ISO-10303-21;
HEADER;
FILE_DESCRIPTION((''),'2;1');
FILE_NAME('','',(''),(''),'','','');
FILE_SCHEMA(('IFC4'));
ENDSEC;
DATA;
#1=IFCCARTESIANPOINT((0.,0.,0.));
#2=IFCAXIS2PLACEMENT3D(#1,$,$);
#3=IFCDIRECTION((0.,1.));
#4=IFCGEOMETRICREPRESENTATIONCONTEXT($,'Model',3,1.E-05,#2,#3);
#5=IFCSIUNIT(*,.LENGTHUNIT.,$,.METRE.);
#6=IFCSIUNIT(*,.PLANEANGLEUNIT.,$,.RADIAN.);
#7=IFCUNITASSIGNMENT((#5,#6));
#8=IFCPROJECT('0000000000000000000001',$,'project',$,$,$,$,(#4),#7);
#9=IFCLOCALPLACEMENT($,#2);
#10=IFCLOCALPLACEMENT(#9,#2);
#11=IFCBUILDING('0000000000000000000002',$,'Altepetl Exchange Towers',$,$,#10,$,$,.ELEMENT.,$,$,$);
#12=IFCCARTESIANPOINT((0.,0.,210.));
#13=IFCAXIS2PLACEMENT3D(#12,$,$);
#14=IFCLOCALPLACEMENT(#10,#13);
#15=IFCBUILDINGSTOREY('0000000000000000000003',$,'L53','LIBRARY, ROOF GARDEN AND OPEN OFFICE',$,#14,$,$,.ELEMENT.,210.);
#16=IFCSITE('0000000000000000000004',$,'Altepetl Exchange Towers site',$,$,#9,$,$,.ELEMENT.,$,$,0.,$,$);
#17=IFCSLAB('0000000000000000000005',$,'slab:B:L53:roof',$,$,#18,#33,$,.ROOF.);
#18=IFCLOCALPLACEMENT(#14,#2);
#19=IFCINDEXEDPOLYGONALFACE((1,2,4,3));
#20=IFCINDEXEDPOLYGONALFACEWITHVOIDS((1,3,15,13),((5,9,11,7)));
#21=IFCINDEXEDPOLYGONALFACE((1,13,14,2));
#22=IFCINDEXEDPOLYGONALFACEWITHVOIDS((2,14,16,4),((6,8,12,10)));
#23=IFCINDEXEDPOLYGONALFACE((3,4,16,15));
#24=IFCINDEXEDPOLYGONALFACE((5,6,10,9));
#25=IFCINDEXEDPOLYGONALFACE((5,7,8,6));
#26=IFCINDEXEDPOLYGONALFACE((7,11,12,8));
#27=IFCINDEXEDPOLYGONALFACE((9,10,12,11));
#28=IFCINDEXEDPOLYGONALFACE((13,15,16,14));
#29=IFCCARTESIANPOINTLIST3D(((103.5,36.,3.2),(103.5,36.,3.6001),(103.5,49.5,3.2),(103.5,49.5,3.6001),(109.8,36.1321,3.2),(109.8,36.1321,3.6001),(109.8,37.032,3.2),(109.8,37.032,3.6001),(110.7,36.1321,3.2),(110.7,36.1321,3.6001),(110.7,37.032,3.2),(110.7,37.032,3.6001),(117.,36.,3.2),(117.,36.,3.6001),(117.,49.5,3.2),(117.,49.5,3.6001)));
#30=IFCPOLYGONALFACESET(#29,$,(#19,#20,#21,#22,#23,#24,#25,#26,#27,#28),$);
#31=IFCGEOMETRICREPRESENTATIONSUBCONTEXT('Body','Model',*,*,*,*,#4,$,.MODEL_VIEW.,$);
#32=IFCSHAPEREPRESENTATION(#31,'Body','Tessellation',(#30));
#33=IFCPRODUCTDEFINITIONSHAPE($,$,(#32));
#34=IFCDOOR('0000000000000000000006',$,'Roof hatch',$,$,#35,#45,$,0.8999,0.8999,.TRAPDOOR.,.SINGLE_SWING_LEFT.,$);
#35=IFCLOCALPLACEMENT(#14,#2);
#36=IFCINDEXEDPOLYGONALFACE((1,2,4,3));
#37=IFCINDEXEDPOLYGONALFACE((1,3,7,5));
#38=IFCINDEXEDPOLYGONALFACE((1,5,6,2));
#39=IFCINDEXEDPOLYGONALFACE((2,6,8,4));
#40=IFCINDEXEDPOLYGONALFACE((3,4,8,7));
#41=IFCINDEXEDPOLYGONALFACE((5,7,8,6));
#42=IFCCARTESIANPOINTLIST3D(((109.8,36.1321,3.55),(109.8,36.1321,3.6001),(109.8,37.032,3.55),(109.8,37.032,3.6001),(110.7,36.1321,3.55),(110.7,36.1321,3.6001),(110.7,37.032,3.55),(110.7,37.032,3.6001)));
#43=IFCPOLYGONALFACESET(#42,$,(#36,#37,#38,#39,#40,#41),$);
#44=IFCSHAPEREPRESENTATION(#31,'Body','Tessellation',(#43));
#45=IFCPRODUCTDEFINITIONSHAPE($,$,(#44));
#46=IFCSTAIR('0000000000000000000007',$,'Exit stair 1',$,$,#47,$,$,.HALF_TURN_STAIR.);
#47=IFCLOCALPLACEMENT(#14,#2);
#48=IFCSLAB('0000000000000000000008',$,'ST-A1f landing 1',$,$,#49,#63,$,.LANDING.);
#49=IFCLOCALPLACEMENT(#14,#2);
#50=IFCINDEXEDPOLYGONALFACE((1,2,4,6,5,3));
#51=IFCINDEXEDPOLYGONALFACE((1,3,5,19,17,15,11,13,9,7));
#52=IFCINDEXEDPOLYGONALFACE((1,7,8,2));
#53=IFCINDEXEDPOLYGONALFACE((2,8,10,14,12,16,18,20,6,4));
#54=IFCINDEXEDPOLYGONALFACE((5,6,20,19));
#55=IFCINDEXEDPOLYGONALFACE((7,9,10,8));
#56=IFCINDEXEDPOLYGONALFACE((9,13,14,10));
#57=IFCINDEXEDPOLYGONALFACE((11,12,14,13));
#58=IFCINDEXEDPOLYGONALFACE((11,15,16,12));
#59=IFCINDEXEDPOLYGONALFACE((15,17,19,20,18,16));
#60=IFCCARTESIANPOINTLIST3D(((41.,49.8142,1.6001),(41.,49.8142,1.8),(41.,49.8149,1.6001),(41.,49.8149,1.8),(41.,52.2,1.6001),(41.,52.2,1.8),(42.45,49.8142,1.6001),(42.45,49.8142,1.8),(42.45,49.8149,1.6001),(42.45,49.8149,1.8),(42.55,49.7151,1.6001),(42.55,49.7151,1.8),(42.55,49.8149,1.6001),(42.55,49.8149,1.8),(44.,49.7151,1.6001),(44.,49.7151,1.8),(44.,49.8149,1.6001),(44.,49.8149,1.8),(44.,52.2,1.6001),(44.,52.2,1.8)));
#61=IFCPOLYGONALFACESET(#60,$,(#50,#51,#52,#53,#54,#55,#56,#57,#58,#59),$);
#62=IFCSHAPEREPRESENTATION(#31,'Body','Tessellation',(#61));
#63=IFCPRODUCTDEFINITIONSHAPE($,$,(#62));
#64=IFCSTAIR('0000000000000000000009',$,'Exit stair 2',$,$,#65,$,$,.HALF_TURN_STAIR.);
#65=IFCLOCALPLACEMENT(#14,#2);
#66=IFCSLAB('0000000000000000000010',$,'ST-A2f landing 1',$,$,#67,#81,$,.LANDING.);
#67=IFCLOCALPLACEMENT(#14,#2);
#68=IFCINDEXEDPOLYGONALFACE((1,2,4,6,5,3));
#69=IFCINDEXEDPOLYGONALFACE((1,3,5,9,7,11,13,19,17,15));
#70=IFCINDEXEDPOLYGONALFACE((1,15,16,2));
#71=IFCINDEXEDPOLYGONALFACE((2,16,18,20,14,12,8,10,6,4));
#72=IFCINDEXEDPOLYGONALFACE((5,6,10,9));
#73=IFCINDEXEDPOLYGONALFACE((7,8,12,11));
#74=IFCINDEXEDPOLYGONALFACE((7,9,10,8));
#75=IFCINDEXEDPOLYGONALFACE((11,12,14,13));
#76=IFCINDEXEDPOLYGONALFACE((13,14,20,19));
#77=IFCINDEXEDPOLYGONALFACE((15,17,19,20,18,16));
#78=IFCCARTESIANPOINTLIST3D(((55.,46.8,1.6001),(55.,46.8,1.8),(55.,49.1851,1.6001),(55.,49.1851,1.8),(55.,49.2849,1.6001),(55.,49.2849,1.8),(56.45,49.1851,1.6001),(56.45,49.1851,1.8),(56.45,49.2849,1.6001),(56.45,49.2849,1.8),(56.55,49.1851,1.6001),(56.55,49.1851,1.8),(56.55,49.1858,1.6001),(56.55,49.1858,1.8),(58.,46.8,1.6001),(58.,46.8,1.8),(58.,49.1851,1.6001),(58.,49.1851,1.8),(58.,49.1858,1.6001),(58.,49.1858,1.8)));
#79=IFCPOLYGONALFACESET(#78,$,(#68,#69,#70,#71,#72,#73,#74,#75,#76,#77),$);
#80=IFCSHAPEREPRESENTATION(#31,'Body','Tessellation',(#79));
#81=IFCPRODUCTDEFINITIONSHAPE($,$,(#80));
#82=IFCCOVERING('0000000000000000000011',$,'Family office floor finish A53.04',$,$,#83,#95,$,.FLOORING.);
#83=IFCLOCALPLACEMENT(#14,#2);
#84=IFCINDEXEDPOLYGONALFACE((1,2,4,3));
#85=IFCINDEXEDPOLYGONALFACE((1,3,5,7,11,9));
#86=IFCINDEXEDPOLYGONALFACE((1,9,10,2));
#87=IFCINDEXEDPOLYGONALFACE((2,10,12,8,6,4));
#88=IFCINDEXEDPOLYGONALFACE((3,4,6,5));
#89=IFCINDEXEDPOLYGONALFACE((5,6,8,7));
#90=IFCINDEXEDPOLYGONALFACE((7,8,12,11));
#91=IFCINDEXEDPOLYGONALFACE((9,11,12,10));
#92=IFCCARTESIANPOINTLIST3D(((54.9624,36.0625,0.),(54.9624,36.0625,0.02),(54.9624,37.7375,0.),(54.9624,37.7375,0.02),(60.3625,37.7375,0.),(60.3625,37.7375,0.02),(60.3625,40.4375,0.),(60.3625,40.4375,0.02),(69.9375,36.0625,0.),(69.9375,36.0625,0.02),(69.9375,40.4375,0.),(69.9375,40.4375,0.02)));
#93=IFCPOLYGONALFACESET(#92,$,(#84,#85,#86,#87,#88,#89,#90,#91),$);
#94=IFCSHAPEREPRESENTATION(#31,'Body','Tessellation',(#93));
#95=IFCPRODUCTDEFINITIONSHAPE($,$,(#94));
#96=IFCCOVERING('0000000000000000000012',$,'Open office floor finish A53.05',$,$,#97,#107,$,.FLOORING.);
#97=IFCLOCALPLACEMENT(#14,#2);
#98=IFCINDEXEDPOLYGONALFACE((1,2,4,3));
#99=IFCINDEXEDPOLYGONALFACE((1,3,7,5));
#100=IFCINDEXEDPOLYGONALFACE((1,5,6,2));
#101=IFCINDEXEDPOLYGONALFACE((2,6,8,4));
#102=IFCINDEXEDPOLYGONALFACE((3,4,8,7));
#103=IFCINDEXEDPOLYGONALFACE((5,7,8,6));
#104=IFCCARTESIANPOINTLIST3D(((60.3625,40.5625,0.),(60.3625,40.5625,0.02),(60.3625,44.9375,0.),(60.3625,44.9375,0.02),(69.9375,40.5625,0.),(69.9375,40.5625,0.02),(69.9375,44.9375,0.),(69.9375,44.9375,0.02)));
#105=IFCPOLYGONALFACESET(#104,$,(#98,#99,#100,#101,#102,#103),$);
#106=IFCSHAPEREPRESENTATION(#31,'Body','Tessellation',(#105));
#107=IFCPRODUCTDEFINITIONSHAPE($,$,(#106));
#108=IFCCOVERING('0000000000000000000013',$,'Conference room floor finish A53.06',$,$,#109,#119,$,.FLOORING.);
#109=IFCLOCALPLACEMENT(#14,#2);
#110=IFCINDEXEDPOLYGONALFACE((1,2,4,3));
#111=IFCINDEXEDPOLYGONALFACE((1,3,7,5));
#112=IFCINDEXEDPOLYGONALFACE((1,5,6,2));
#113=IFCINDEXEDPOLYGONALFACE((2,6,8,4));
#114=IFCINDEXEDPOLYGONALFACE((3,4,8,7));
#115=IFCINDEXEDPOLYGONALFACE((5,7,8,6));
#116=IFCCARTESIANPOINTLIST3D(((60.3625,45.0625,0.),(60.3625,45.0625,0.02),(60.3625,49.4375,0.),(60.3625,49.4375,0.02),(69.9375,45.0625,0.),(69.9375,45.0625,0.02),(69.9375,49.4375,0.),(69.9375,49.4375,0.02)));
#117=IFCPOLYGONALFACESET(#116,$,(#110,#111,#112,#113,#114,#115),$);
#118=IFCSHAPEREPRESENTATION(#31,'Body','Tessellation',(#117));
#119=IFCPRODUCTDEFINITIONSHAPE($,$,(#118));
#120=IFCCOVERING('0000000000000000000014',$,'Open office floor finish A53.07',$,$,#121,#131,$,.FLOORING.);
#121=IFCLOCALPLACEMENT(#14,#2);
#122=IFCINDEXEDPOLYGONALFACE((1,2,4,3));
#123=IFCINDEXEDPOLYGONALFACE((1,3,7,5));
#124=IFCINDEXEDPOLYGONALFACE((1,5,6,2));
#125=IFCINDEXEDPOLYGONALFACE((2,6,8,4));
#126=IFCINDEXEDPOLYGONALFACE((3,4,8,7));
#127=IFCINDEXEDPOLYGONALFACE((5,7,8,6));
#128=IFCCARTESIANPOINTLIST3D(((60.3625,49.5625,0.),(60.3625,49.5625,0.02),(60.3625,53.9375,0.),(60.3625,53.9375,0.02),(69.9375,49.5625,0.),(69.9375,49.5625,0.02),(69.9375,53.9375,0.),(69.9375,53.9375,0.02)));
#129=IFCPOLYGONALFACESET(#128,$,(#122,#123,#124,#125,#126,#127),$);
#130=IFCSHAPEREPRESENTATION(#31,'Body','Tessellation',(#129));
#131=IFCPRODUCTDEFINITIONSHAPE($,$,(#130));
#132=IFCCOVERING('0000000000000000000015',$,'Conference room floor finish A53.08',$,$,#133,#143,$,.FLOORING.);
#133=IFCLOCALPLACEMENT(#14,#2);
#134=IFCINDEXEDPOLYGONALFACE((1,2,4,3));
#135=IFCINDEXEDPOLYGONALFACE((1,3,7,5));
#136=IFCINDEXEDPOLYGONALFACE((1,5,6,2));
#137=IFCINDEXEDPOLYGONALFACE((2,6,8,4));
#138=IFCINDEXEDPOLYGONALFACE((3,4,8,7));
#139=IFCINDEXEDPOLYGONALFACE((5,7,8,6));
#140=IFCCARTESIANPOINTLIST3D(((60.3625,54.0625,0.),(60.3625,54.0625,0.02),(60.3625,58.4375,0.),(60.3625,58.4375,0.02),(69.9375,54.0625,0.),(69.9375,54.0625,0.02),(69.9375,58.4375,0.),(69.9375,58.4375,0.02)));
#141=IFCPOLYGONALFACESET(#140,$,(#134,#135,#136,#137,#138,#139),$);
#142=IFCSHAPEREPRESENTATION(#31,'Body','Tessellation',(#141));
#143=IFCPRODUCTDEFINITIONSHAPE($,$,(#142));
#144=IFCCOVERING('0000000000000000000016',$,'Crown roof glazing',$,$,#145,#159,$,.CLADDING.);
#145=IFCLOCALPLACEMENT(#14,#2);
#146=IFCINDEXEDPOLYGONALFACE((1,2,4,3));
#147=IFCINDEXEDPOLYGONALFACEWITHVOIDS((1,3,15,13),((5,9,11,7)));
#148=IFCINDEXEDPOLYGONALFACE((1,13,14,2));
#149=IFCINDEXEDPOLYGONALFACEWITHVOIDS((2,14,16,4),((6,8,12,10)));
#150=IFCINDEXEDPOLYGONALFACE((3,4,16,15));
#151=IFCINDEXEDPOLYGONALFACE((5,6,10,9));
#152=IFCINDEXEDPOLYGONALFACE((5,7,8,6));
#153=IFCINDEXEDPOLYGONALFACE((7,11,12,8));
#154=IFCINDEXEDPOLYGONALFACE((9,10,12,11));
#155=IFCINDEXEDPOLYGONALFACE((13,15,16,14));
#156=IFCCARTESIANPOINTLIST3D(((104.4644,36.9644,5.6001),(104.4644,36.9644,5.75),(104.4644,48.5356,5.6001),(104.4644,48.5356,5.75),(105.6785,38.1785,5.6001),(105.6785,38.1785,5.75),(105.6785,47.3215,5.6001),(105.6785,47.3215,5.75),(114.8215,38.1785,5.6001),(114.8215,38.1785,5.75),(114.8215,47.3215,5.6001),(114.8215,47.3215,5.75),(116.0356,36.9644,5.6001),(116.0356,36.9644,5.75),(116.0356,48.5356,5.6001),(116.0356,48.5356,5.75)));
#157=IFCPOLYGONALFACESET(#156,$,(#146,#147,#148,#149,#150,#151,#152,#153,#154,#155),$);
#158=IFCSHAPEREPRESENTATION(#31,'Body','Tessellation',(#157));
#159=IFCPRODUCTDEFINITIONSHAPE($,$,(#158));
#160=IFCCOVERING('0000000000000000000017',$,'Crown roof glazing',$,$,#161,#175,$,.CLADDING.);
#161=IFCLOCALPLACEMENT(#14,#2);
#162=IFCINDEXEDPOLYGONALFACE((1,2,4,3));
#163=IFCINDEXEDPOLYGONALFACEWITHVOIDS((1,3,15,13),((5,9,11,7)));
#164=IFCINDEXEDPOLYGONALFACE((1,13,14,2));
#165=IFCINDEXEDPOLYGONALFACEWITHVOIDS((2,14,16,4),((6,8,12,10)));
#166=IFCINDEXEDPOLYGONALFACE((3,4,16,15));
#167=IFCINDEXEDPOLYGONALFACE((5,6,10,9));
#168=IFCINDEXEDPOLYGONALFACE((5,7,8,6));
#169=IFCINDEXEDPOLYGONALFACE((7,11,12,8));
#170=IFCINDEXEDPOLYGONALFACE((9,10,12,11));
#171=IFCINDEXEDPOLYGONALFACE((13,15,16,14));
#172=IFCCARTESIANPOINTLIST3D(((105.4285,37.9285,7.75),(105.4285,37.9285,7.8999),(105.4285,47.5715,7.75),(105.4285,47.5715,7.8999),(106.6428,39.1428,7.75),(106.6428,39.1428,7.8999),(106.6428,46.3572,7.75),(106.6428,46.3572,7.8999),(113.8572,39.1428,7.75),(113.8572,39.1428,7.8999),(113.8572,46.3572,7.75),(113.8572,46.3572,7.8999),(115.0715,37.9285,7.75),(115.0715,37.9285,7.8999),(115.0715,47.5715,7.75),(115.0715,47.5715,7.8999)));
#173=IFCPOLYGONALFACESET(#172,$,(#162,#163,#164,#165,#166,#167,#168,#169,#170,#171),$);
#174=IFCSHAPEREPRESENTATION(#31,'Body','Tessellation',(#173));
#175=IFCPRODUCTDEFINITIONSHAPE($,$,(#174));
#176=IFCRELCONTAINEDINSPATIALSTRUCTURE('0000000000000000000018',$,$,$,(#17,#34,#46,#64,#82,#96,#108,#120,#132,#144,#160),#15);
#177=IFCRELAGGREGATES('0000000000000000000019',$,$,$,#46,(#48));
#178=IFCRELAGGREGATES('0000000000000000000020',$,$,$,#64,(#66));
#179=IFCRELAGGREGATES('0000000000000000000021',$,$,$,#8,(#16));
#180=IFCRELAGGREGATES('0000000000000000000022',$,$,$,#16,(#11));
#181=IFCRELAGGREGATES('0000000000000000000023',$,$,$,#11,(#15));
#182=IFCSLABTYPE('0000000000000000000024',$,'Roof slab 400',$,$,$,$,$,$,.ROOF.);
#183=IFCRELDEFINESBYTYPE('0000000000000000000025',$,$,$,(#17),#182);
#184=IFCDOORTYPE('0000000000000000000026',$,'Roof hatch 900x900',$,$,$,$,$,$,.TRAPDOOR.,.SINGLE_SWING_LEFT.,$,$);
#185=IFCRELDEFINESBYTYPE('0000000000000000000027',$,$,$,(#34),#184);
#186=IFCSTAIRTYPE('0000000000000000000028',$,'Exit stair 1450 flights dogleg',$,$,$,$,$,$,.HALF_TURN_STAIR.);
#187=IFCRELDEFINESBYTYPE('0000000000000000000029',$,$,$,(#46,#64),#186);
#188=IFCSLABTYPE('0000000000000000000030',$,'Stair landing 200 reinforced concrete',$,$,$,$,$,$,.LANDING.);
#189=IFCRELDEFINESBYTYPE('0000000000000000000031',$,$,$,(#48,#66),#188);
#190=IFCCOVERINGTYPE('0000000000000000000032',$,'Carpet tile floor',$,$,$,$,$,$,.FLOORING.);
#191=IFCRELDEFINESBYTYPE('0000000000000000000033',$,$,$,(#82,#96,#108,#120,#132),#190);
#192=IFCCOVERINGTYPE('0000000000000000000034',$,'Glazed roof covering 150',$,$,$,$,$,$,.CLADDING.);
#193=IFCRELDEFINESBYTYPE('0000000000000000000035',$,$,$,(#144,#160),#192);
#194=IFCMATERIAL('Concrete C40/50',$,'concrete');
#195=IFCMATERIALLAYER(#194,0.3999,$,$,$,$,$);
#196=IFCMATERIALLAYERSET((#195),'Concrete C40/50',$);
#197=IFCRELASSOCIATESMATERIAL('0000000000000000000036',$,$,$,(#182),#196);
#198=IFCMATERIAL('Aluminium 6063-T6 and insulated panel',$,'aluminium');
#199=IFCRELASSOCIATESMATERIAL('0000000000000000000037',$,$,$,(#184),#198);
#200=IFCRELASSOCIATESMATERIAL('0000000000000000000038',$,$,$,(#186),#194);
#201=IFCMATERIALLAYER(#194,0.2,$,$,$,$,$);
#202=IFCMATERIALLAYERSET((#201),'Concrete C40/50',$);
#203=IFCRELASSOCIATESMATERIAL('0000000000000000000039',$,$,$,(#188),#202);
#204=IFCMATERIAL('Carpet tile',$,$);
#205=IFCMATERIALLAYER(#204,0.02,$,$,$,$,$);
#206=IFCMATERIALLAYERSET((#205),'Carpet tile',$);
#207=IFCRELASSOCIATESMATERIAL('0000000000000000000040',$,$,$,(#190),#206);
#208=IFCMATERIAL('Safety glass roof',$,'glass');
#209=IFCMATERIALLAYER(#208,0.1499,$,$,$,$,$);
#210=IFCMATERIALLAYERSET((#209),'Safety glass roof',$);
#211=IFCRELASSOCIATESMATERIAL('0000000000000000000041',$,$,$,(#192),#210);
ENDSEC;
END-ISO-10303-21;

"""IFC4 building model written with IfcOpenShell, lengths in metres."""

from ifc_helpers import new_model, si_unit, direction, frame, origin, origin_2d, place, context, subcontext, project, spatial, polyline, rectangle, outline, extrude, material, layer, layer_set, type_object, element, fill, aggregate, save


model = new_model("IFC4")

# Units and contexts
model_context = context("Model", 3, precision=1e-05, world=origin(), true_north=direction((0.0, 1.0)))
body_context = subcontext(model_context, "Body", "Model", "MODEL_VIEW")
ifc_project = project(units=[si_unit("LENGTHUNIT", "METRE"), si_unit("PLANEANGLEUNIT", "RADIAN")], contexts=[model_context])

# Site, building, storey
site_placement = place(None, origin())
site = spatial("IfcSite", under=ifc_project, at=site_placement, Name="Altepetl Exchange Towers site", CompositionType="ELEMENT", RefElevation=0.0)
building_placement = place(site_placement, origin())
building = spatial("IfcBuilding", under=site, at=building_placement, Name="Altepetl Exchange Towers", CompositionType="ELEMENT")
storey_placement = place(building_placement, frame((0.0, 0.0, 210.0)))
storey = spatial("IfcBuildingStorey", under=building, at=storey_placement, Name="L53", Description="LIBRARY, ROOF GARDEN AND OPEN OFFICE", CompositionType="ELEMENT", Elevation=210.0)

# Slab, opening, door
ifc_material_1 = material(Name="Concrete C40/50", Category="concrete")
ifc_layer_1 = layer(ifc_material_1, 0.3999)
ifc_layer_set_1 = layer_set([ifc_layer_1], Name="Concrete C40/50")
slab_type_1 = type_object("IfcSlabType", Name="Roof slab 400", PredefinedType="ROOF", material=ifc_layer_set_1)
slab_1_placement = place(storey_placement, frame((0.0, 0.0, 3.2)))
slab_1 = element("IfcSlab", 1, at=slab_1_placement, inside=storey, type_object=slab_type_1, Name="slab:B:L53:roof", PredefinedType="ROOF", context=body_context, shape_type="SweptSolid", body=[
    extrude(outline(polyline([(117.0, 36.0), (117.0, 49.5), (103.5, 49.5), (103.5, 36.0), (117.0, 36.0)])), origin(), (0.0, 0.0, 1.0), 0.4001),
])
opening_placement = place(slab_1_placement, frame((110.25, 36.582, -0.01)))
opening = element("IfcOpeningElement", 2, at=opening_placement, cuts=slab_1, PredefinedType="OPENING", context=body_context, shape_type="SweptSolid", body=[
    extrude(rectangle(XDim=0.8999, YDim=0.8999, at=origin_2d()), origin(), (0.0, 0.0, 1.0), 0.4202),
])
ifc_material_2 = material(Name="Aluminium 6063-T6 and insulated panel", Category="aluminium")
door_type = type_object("IfcDoorType", Name="Roof hatch 900x900", OperationType="SINGLE_SWING_LEFT", PredefinedType="TRAPDOOR", material=ifc_material_2)
door_placement = place(opening_placement, frame((0.0, 0.0, 0.3601)))
door = element("IfcDoor", 3, at=door_placement, inside=storey, type_object=door_type, Name="Roof hatch", OperationType="SINGLE_SWING_LEFT", OverallHeight=0.8999, OverallWidth=0.8999, PredefinedType="TRAPDOOR", context=body_context, shape_type="SweptSolid", body=[
    extrude(rectangle(XDim=0.8999, YDim=0.8999, at=origin_2d()), origin(), (0.0, 0.0, 1.0), 0.05),
])
fill(opening, door)

# Stairs, slabs
stair_type = type_object("IfcStairType", Name="Exit stair 1450 flights dogleg", PredefinedType="HALF_TURN_STAIR", material=ifc_material_1)
stair_1_placement = place(storey_placement, origin())
stair_1 = element("IfcStair", 4, at=stair_1_placement, inside=storey, type_object=stair_type, Name="Exit stair 1", PredefinedType="HALF_TURN_STAIR")
ifc_layer_2 = layer(ifc_material_1, 0.2)
ifc_layer_set_2 = layer_set([ifc_layer_2], Name="Concrete C40/50")
slab_type_2 = type_object("IfcSlabType", Name="Stair landing 200 reinforced concrete", PredefinedType="LANDING", material=ifc_layer_set_2)
slab_2_placement = place(storey_placement, frame((0.0, 0.0, 1.6001)))
slab_2 = element("IfcSlab", 5, at=slab_2_placement, type_object=slab_type_2, Name="ST-A1f landing 1", PredefinedType="LANDING", context=body_context, shape_type="SweptSolid", body=[
    extrude(outline(polyline([(44.0, 49.7151), (42.55, 49.7151), (42.55, 49.8149), (42.45, 49.8149), (42.45, 49.8142), (41.0, 49.8142), (41.0, 49.8149), (41.0, 52.2), (44.0, 52.2), (44.0, 49.8149), (44.0, 49.7151)])), origin(), (0.0, 0.0, 1.0), 0.2),
])
aggregate(stair_1, [slab_2])
stair_2_placement = place(storey_placement, origin())
stair_2 = element("IfcStair", 6, at=stair_2_placement, inside=storey, type_object=stair_type, Name="Exit stair 2", PredefinedType="HALF_TURN_STAIR")
slab_3_placement = place(storey_placement, frame((0.0, 0.0, 1.6001)))
slab_3 = element("IfcSlab", 7, at=slab_3_placement, type_object=slab_type_2, Name="ST-A2f landing 1", PredefinedType="LANDING", context=body_context, shape_type="SweptSolid", body=[
    extrude(outline(polyline([(58.0, 46.8), (55.0, 46.8), (55.0, 49.1851), (55.0, 49.2849), (56.45, 49.2849), (56.45, 49.1851), (56.55, 49.1851), (56.55, 49.1858), (58.0, 49.1858), (58.0, 49.1851), (58.0, 46.8)])), origin(), (0.0, 0.0, 1.0), 0.2),
])
aggregate(stair_2, [slab_3])

# Coverings
ifc_material_3 = material(Name="Carpet tile")
ifc_layer_3 = layer(ifc_material_3, 0.02)
ifc_layer_set_3 = layer_set([ifc_layer_3], Name="Carpet tile")
covering_type_1 = type_object("IfcCoveringType", Name="Carpet tile floor", PredefinedType="FLOORING", material=ifc_layer_set_3)
covering_1_placement = place(storey_placement, origin())
element("IfcCovering", 8, at=covering_1_placement, inside=storey, type_object=covering_type_1, Name="Family office floor finish A53.04", PredefinedType="FLOORING", context=body_context, shape_type="SweptSolid", body=[
    extrude(outline(polyline([(69.9375, 40.4375), (60.3625, 40.4375), (60.3625, 37.7375), (54.9624, 37.7375), (54.9624, 36.0625), (69.9375, 36.0625), (69.9375, 40.4375)])), origin(), (0.0, 0.0, 1.0), 0.02),
])
covering_2_placement = place(storey_placement, origin())
element("IfcCovering", 9, at=covering_2_placement, inside=storey, type_object=covering_type_1, Name="Open office floor finish A53.05", PredefinedType="FLOORING", context=body_context, shape_type="SweptSolid", body=[
    extrude(outline(polyline([(69.9375, 44.9375), (60.3625, 44.9375), (60.3625, 40.5625), (69.9375, 40.5625), (69.9375, 44.9375)])), origin(), (0.0, 0.0, 1.0), 0.02),
])
covering_3_placement = place(storey_placement, origin())
element("IfcCovering", 10, at=covering_3_placement, inside=storey, type_object=covering_type_1, Name="Conference room floor finish A53.06", PredefinedType="FLOORING", context=body_context, shape_type="SweptSolid", body=[
    extrude(outline(polyline([(69.9375, 49.4375), (60.3625, 49.4375), (60.3625, 45.0625), (69.9375, 45.0625), (69.9375, 49.4375)])), origin(), (0.0, 0.0, 1.0), 0.02),
])
covering_4_placement = place(storey_placement, origin())
element("IfcCovering", 11, at=covering_4_placement, inside=storey, type_object=covering_type_1, Name="Open office floor finish A53.07", PredefinedType="FLOORING", context=body_context, shape_type="SweptSolid", body=[
    extrude(outline(polyline([(69.9375, 53.9375), (60.3625, 53.9375), (60.3625, 49.5625), (69.9375, 49.5625), (69.9375, 53.9375)])), origin(), (0.0, 0.0, 1.0), 0.02),
])
covering_5_placement = place(storey_placement, origin())
element("IfcCovering", 12, at=covering_5_placement, inside=storey, type_object=covering_type_1, Name="Conference room floor finish A53.08", PredefinedType="FLOORING", context=body_context, shape_type="SweptSolid", body=[
    extrude(outline(polyline([(69.9375, 58.4375), (60.3625, 58.4375), (60.3625, 54.0625), (69.9375, 54.0625), (69.9375, 58.4375)])), origin(), (0.0, 0.0, 1.0), 0.02),
])
ifc_material_4 = material(Name="Safety glass roof", Category="glass")
ifc_layer_4 = layer(ifc_material_4, 0.1499)
ifc_layer_set_4 = layer_set([ifc_layer_4], Name="Safety glass roof")
covering_type_2 = type_object("IfcCoveringType", Name="Glazed roof covering 150", PredefinedType="CLADDING", material=ifc_layer_set_4)
covering_6_placement = place(storey_placement, frame((0.0, 0.0, 5.6001)))
element("IfcCovering", 13, at=covering_6_placement, inside=storey, type_object=covering_type_2, Name="Crown roof glazing", PredefinedType="CLADDING", context=body_context, shape_type="SweptSolid", body=[
    extrude(outline(polyline([(104.4644, 36.9644), (116.0356, 36.9644), (116.0356, 48.5356), (104.4644, 48.5356), (104.4644, 36.9644)]), holes=[polyline([(105.6785, 38.1785), (114.8215, 38.1785), (114.8215, 47.3215), (105.6785, 47.3215), (105.6785, 38.1785)])]), origin(), (0.0, 0.0, 1.0), 0.1499),
])
covering_7_placement = place(storey_placement, frame((0.0, 0.0, 7.75)))
element("IfcCovering", 14, at=covering_7_placement, inside=storey, type_object=covering_type_2, Name="Crown roof glazing", PredefinedType="CLADDING", context=body_context, shape_type="SweptSolid", body=[
    extrude(outline(polyline([(105.4285, 37.9285), (115.0715, 37.9285), (115.0715, 47.5715), (105.4285, 47.5715), (105.4285, 37.9285)]), holes=[polyline([(106.6428, 39.1428), (113.8572, 39.1428), (113.8572, 46.3572), (106.6428, 46.3572), (106.6428, 39.1428)])]), origin(), (0.0, 0.0, 1.0), 0.1499),
])

save(model, "model.ifc")
